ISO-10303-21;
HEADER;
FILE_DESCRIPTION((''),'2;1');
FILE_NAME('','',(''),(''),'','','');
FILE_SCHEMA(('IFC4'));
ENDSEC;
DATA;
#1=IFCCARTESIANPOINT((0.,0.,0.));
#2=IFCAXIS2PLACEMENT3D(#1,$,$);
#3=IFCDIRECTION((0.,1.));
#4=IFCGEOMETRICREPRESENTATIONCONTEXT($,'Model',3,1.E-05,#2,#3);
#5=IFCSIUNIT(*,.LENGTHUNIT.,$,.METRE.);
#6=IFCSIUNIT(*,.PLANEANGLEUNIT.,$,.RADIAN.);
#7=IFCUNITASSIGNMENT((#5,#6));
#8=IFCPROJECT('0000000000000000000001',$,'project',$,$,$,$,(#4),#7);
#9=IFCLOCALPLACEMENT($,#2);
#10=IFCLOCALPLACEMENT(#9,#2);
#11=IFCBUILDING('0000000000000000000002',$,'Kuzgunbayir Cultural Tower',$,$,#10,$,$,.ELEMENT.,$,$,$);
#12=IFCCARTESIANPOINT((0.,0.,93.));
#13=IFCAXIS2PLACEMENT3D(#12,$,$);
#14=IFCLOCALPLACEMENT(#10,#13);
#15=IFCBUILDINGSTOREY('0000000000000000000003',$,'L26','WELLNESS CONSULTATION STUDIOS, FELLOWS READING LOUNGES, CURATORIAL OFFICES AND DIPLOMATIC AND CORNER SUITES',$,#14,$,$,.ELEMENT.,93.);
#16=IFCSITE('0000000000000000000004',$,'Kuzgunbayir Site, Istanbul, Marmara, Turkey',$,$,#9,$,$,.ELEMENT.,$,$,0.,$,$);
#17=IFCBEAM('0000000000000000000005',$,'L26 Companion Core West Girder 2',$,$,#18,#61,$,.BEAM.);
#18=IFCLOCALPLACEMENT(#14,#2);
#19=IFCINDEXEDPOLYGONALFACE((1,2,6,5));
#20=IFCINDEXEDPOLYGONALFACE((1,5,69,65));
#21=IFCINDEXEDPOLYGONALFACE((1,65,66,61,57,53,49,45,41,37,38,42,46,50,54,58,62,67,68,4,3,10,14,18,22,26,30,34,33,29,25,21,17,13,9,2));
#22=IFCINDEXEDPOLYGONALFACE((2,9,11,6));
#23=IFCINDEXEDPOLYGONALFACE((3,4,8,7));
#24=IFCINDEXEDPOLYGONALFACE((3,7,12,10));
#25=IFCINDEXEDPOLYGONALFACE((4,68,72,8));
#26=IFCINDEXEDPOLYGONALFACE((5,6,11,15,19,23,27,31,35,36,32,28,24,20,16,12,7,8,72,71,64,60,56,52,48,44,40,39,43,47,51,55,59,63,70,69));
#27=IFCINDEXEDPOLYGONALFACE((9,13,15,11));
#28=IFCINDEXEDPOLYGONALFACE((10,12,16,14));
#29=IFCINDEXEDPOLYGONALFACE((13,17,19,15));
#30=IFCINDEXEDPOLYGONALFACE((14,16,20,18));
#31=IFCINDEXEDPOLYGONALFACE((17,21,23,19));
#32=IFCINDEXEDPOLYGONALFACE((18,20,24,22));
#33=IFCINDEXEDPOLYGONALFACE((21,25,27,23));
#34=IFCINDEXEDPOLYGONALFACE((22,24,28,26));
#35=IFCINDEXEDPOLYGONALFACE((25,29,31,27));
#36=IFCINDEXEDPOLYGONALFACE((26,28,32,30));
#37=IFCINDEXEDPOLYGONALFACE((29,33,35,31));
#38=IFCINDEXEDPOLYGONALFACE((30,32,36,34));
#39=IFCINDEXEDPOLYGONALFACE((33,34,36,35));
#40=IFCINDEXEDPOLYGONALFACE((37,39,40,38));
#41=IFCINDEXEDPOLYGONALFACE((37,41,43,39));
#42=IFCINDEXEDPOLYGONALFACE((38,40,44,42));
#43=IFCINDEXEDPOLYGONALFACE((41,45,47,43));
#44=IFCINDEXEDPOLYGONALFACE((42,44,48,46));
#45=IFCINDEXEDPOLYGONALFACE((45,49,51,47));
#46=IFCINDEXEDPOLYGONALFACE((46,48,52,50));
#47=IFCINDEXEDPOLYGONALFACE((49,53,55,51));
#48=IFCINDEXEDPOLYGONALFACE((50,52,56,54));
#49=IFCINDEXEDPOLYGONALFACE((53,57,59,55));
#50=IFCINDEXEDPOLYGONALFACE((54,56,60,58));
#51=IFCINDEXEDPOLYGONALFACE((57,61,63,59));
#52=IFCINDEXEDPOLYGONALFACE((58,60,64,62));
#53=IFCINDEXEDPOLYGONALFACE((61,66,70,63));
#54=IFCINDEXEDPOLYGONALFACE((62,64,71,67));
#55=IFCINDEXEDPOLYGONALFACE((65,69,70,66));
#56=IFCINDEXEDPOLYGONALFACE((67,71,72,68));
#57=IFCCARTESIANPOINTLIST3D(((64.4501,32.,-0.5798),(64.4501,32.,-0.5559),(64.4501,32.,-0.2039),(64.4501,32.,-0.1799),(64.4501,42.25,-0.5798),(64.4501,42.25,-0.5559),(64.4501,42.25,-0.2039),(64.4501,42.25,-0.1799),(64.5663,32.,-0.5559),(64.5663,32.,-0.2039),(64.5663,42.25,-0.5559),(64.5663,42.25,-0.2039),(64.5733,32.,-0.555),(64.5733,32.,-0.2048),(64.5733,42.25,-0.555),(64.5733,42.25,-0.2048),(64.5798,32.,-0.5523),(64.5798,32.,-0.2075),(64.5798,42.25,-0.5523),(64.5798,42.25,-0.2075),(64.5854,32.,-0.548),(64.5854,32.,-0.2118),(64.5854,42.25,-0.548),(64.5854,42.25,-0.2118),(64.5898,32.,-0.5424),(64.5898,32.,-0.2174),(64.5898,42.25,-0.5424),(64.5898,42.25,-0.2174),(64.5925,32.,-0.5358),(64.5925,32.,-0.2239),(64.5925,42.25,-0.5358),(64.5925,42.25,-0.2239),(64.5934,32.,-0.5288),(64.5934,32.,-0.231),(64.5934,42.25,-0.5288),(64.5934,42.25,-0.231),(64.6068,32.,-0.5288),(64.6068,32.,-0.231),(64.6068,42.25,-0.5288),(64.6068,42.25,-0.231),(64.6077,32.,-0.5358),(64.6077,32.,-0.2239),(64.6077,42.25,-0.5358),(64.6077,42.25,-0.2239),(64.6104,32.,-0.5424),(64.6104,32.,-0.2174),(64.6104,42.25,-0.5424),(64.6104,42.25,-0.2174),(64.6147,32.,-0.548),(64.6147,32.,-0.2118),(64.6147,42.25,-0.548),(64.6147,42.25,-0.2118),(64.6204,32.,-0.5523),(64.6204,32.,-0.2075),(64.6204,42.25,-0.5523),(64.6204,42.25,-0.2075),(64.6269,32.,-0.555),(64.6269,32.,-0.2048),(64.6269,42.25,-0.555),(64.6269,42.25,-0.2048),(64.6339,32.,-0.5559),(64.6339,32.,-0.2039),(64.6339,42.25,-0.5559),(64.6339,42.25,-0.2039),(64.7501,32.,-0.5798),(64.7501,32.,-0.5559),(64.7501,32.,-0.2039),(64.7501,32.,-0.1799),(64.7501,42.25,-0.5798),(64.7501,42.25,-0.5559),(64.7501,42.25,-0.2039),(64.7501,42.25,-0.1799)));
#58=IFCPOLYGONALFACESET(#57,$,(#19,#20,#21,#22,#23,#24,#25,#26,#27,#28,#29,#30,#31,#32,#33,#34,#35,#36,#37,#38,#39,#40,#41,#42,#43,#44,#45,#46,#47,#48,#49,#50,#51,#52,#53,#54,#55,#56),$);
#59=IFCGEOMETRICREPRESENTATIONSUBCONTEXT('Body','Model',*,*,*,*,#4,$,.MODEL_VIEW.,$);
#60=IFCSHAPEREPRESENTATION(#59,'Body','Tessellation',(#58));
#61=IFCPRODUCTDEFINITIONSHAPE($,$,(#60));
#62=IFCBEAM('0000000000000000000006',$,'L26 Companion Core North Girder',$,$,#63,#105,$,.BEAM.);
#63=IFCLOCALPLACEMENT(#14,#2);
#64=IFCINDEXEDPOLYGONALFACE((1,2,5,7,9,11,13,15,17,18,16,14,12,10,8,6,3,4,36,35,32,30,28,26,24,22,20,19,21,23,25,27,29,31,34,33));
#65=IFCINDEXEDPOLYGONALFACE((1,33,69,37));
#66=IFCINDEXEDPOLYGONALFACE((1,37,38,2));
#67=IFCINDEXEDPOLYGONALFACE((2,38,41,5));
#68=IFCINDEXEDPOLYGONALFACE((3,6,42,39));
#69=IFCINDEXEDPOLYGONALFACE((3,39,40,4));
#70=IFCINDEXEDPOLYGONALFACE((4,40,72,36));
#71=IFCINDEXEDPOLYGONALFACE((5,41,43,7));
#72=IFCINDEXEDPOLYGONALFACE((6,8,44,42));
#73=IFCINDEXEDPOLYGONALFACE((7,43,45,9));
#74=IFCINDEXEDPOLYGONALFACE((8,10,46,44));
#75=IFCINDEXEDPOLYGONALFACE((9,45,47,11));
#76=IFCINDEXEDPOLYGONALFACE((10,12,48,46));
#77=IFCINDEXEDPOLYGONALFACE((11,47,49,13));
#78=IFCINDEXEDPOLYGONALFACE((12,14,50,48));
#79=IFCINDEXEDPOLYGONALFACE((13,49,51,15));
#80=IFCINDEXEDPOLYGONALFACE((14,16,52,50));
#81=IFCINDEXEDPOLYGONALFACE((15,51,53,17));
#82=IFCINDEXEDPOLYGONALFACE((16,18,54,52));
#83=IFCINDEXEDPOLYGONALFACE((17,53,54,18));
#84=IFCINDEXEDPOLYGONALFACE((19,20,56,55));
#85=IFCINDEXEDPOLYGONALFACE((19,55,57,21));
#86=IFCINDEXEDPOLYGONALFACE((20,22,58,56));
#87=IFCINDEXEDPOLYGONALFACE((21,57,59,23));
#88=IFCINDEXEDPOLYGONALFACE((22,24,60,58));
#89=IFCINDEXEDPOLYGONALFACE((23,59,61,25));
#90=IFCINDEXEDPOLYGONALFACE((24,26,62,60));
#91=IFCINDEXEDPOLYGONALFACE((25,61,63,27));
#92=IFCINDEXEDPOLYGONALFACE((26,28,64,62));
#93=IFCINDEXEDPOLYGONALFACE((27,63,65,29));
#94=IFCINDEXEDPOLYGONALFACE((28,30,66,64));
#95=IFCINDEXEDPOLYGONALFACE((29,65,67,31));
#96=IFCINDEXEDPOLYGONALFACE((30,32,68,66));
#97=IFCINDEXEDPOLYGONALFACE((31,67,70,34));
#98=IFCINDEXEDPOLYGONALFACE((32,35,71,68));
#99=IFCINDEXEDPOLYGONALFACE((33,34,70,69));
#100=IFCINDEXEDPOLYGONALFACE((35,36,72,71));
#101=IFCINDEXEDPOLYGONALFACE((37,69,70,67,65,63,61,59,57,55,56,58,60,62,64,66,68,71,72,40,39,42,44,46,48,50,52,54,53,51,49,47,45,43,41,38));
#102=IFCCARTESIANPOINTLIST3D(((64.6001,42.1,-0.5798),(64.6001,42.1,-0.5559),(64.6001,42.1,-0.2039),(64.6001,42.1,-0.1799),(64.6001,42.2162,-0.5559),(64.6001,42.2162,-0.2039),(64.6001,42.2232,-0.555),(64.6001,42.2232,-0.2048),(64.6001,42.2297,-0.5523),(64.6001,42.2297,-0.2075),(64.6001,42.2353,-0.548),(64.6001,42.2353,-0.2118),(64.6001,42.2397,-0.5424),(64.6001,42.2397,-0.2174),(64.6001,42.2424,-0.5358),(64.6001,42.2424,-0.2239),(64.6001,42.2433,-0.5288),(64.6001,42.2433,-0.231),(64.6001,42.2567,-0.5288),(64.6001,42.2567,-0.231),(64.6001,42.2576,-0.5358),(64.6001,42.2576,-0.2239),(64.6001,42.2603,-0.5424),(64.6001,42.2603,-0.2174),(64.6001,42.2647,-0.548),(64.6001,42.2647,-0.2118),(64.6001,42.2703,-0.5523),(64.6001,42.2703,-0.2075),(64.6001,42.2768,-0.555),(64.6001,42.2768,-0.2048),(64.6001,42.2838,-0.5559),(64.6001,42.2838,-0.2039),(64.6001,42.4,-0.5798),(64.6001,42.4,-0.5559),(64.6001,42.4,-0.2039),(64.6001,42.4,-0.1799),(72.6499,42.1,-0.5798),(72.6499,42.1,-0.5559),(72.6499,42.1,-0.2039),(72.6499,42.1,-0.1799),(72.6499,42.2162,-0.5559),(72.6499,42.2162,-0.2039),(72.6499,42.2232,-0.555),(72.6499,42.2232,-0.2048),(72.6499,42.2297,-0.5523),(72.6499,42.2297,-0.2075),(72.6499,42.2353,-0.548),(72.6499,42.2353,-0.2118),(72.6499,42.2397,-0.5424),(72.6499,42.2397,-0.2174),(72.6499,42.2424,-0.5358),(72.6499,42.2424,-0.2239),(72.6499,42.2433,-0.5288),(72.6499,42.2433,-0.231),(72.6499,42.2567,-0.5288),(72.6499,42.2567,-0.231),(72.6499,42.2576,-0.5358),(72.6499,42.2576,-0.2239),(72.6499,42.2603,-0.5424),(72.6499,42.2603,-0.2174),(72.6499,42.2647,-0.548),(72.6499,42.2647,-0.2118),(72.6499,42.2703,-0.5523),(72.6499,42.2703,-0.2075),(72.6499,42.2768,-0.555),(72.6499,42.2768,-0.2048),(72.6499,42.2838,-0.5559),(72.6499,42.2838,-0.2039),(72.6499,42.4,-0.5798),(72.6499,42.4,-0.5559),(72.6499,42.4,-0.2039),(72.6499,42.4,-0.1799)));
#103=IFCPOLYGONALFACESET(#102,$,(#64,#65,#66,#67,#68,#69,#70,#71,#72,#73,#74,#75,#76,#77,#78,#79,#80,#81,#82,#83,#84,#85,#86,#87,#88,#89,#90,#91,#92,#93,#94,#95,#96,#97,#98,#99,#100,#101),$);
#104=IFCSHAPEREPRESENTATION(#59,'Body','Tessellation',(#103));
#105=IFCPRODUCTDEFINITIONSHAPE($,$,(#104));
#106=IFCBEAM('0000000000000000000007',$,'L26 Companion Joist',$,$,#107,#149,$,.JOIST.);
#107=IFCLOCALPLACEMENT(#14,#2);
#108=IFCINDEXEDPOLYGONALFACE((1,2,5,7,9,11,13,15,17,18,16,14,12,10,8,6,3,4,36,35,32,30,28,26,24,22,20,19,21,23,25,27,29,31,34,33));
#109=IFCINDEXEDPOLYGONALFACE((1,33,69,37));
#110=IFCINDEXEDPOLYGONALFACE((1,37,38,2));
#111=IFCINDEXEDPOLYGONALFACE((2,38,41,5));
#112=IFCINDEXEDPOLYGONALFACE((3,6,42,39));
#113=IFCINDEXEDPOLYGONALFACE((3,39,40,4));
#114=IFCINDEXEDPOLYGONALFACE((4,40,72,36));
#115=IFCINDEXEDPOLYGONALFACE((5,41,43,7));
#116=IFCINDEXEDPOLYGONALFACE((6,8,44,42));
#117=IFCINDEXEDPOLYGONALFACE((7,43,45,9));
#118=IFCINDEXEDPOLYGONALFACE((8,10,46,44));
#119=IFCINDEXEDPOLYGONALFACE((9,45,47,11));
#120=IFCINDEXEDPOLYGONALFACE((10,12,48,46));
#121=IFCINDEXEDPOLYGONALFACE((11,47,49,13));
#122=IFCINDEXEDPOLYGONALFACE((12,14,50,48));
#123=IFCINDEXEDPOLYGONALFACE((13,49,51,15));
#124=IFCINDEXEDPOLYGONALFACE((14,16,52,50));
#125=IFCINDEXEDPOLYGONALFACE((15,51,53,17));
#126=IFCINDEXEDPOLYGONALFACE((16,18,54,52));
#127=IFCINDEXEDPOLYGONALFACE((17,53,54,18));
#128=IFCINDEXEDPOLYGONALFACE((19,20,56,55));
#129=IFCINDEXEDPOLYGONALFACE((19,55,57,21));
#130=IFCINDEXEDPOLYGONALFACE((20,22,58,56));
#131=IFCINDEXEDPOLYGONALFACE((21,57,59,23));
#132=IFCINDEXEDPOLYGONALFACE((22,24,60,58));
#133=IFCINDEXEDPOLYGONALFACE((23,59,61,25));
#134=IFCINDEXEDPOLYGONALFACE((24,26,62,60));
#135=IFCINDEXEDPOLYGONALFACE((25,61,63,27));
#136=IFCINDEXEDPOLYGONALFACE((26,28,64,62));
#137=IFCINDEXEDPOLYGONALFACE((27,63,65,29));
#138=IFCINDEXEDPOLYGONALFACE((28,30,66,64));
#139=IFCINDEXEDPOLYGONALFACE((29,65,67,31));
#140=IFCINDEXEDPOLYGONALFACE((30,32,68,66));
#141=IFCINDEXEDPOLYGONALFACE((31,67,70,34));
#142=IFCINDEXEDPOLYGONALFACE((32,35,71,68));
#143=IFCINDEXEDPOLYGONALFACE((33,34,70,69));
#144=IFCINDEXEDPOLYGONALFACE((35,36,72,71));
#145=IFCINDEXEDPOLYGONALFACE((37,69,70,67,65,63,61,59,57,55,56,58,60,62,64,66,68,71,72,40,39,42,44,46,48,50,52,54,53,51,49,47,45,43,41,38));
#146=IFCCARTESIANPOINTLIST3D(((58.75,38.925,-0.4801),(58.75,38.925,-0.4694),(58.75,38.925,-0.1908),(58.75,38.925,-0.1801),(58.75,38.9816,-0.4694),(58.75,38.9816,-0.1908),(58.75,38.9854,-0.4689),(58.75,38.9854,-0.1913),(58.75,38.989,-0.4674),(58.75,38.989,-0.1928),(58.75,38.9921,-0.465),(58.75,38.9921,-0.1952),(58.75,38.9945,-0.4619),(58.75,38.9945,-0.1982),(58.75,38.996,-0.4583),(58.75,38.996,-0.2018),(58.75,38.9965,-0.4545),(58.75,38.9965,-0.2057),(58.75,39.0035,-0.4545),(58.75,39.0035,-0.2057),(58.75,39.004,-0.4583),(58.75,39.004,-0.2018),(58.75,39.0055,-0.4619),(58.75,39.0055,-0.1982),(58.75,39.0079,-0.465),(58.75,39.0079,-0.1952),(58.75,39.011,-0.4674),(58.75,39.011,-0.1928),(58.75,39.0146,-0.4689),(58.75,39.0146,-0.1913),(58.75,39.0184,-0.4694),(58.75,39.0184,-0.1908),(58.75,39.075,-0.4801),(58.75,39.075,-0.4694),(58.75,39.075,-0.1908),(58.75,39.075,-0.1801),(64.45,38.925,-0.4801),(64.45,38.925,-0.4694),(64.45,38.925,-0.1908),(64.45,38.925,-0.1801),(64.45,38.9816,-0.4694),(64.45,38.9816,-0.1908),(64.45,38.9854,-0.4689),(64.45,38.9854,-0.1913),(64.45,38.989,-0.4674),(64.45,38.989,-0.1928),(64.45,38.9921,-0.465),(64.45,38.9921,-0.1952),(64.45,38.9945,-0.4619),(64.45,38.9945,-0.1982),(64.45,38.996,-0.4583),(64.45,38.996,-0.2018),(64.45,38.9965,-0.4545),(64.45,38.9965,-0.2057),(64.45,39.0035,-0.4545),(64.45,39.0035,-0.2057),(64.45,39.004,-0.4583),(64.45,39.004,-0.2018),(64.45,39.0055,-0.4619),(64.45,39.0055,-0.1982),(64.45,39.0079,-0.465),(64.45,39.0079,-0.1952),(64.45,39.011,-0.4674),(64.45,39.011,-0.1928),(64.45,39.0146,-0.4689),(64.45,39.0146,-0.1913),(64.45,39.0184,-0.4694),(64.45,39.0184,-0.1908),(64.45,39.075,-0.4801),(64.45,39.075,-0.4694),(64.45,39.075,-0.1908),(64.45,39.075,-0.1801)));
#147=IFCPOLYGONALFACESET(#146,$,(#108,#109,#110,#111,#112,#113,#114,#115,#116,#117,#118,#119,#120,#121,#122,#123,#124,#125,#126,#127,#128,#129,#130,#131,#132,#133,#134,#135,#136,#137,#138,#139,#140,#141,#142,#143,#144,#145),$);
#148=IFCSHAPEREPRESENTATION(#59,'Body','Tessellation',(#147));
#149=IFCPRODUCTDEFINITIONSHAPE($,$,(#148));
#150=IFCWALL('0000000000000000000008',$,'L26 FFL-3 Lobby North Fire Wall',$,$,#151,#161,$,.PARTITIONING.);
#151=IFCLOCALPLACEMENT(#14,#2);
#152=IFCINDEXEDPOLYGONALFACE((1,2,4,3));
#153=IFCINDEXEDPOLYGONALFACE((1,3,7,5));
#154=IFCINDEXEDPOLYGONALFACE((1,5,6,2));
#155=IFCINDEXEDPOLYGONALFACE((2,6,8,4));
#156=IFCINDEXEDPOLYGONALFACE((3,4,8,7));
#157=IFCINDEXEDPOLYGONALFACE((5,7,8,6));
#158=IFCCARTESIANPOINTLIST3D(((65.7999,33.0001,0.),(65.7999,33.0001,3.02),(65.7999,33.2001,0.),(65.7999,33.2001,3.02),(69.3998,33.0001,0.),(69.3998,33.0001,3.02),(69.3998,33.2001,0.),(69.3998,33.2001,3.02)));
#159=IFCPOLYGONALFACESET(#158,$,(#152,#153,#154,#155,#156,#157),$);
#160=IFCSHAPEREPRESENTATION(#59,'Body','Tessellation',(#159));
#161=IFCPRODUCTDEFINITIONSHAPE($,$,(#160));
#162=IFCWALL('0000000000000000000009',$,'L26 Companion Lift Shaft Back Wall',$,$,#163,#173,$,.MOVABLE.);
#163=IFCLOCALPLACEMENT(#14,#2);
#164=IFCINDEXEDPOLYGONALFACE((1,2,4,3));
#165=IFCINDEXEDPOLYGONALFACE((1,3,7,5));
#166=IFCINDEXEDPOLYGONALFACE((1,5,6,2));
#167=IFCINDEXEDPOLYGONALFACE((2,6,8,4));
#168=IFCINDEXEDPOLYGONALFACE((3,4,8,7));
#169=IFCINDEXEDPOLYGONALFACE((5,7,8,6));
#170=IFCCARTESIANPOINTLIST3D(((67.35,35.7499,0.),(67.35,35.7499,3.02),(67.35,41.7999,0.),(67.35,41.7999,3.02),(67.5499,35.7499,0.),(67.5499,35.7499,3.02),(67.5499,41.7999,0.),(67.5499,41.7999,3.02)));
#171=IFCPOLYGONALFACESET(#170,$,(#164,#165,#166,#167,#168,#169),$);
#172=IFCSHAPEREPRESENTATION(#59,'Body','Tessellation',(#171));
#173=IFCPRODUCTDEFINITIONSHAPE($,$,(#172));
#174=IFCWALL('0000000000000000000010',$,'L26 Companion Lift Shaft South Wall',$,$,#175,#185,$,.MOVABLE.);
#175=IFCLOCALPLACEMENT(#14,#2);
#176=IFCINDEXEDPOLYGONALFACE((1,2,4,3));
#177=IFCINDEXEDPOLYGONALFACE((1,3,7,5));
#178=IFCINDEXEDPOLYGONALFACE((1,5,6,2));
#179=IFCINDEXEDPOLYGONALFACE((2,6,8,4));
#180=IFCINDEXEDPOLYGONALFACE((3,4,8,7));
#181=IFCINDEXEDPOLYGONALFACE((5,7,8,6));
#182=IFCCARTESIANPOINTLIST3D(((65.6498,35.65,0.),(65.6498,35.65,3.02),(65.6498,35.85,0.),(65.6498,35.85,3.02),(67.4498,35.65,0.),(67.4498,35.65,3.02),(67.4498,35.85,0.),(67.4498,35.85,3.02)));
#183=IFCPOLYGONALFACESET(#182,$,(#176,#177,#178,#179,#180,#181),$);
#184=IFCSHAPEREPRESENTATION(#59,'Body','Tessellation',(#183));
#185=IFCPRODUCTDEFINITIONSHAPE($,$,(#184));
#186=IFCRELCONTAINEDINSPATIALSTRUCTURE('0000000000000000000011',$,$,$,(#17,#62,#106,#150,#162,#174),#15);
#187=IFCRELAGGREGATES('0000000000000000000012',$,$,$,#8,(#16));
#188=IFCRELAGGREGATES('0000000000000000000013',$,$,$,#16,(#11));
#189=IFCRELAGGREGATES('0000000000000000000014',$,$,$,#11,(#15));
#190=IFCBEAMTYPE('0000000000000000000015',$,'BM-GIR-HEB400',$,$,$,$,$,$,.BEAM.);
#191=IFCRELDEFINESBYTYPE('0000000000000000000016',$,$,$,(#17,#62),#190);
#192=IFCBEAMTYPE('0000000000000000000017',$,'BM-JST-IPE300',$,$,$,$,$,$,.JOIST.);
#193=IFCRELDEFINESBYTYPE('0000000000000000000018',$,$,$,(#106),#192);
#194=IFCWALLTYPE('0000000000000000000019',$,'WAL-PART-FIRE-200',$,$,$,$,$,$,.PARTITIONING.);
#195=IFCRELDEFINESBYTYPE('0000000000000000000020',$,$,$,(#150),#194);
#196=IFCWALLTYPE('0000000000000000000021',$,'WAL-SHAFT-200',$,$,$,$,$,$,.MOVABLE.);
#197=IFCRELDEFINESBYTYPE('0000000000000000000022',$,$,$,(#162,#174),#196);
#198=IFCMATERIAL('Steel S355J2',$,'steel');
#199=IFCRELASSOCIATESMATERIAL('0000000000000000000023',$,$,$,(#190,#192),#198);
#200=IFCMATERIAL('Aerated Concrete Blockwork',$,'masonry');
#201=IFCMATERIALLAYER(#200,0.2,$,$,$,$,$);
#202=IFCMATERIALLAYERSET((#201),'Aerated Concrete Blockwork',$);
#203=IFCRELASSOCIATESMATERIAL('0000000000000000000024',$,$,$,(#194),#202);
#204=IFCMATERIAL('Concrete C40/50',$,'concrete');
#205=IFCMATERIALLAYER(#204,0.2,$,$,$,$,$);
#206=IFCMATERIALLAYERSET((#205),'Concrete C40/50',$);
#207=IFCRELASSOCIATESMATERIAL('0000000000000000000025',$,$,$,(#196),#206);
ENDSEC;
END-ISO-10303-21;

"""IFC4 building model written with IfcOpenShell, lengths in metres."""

from ifc_helpers import new_model, si_unit, direction, frame, frame_2d, origin, origin_2d, place, context, subcontext, project, spatial, rectangle, i_section, extrude, material, layer, layer_set, material_profile, profile_set, type_object, element, save


model = new_model("IFC4")

# Units and contexts
model_context = context("Model", 3, precision=1e-05, world=origin(), true_north=direction((0.0, 1.0)))
body_context = subcontext(model_context, "Body", "Model", "MODEL_VIEW")
ifc_project = project(units=[si_unit("LENGTHUNIT", "METRE"), si_unit("PLANEANGLEUNIT", "RADIAN")], contexts=[model_context])

# Site, building, storey
site_placement = place(None, origin())
site = spatial("IfcSite", under=ifc_project, at=site_placement, Name="Kuzgunbayir Site, Istanbul, Marmara, Turkey", CompositionType="ELEMENT", RefElevation=0.0)
building_placement = place(site_placement, origin())
building = spatial("IfcBuilding", under=site, at=building_placement, Name="Kuzgunbayir Cultural Tower", CompositionType="ELEMENT")
storey_placement = place(building_placement, frame((0.0, 0.0, 93.0)))
storey = spatial("IfcBuildingStorey", under=building, at=storey_placement, Name="L26", Description="WELLNESS CONSULTATION STUDIOS, FELLOWS READING LOUNGES, CURATORIAL OFFICES AND DIPLOMATIC AND CORNER SUITES", CompositionType="ELEMENT", Elevation=93.0)

# Beams
ifc_material_1 = material(Name="Steel S355J2", Category="steel")
ifc_material_profile_1 = material_profile(ifc_material_1, i_section(OverallWidth=0.3, OverallDepth=0.3999, WebThickness=0.0134, FlangeThickness=0.0239, FilletRadius=0.0271, at=origin_2d()), Name="HEB 400")
ifc_profile_set_1 = profile_set([ifc_material_profile_1], Name="Steel S355J2")
beam_type_1 = type_object("IfcBeamType", Name="BM-GIR-HEB400", PredefinedType="BEAM", material=ifc_profile_set_1)
beam_1_placement = place(storey_placement, frame((64.6001, 32.0, -0.3799), z_axis=(0.0, 1.0, 0.0), x_axis=(-1.0, 0.0, 0.0)))
element("IfcBeam", 1, at=beam_1_placement, inside=storey, type_object=beam_type_1, Name="L26 Companion Core West Girder 2", PredefinedType="BEAM", context=body_context, shape_type="SweptSolid", body=[
    extrude(i_section(OverallWidth=0.3, OverallDepth=0.3999, WebThickness=0.0134, FlangeThickness=0.0239, FilletRadius=0.0271, at=origin_2d()), origin(), (0.0, 0.0, 1.0), 10.25),
])
beam_2_placement = place(storey_placement, frame((64.6001, 42.25, -0.3799), z_axis=(1.0, 0.0, 0.0), x_axis=(0.0, 1.0, 0.0)))
element("IfcBeam", 2, at=beam_2_placement, inside=storey, type_object=beam_type_1, Name="L26 Companion Core North Girder", PredefinedType="BEAM", context=body_context, shape_type="SweptSolid", body=[
    extrude(i_section(OverallWidth=0.3, OverallDepth=0.3999, WebThickness=0.0134, FlangeThickness=0.0239, FilletRadius=0.0271, at=origin_2d()), origin(), (0.0, 0.0, 1.0), 8.0498),
])
ifc_material_profile_2 = material_profile(ifc_material_1, i_section(OverallWidth=0.1499, OverallDepth=0.3, WebThickness=0.0071, FlangeThickness=0.0107, FilletRadius=0.0149, at=origin_2d()), Name="IPE 300")
ifc_profile_set_2 = profile_set([ifc_material_profile_2], Name="Steel S355J2")
beam_type_2 = type_object("IfcBeamType", Name="BM-JST-IPE300", PredefinedType="JOIST", material=ifc_profile_set_2)
beam_3_placement = place(storey_placement, frame((58.75, 39.0, -0.3301), z_axis=(1.0, 0.0, 0.0), x_axis=(0.0, 1.0, 0.0)))
element("IfcBeam", 3, at=beam_3_placement, inside=storey, type_object=beam_type_2, Name="L26 Companion Joist", PredefinedType="JOIST", context=body_context, shape_type="SweptSolid", body=[
    extrude(i_section(OverallWidth=0.1499, OverallDepth=0.3, WebThickness=0.0071, FlangeThickness=0.0107, FilletRadius=0.0149, at=origin_2d()), origin(), (0.0, 0.0, 1.0), 5.7),
])

# Wall
ifc_material_2 = material(Name="Aerated Concrete Blockwork", Category="masonry")
ifc_layer_1 = layer(ifc_material_2, 0.2)
ifc_layer_set_1 = layer_set([ifc_layer_1], Name="Aerated Concrete Blockwork")
wall_type_1 = type_object("IfcWallType", Name="WAL-PART-FIRE-200", PredefinedType="PARTITIONING", material=ifc_layer_set_1)
wall_1_placement = place(storey_placement, frame((65.8, 33.1001, 0.0), z_axis=(0.0, 0.0, 1.0), x_axis=(1.0, 0.0, 0.0)))
element("IfcWall", 4, at=wall_1_placement, inside=storey, type_object=wall_type_1, Name="L26 FFL-3 Lobby North Fire Wall", PredefinedType="PARTITIONING", context=body_context, shape_type="SweptSolid", body=[
    extrude(rectangle(XDim=3.5999, YDim=0.2, at=frame_2d((1.7998, 0.0))), origin(), (0.0, 0.0, 1.0), 3.02),
])

# Shared definitions
ifc_material_3 = material(Name="Concrete C40/50", Category="concrete")
ifc_layer_2 = layer(ifc_material_3, 0.2)
ifc_layer_set_2 = layer_set([ifc_layer_2], Name="Concrete C40/50")
wall_type_2 = type_object("IfcWallType", Name="WAL-SHAFT-200", PredefinedType="MOVABLE", material=ifc_layer_set_2)

# Walls
wall_2_placement = place(storey_placement, frame((67.45, 35.75, 0.0), z_axis=(0.0, 0.0, 1.0), x_axis=(0.0, 1.0, 0.0)))
element("IfcWall", 5, at=wall_2_placement, inside=storey, type_object=wall_type_2, Name="L26 Companion Lift Shaft Back Wall", PredefinedType="MOVABLE", context=body_context, shape_type="SweptSolid", body=[
    extrude(rectangle(XDim=6.05, YDim=0.2, at=frame_2d((3.0249, 0.0))), origin(), (0.0, 0.0, 1.0), 3.02),
])
wall_3_placement = place(storey_placement, frame((65.6499, 35.75, 0.0), z_axis=(0.0, 0.0, 1.0), x_axis=(1.0, 0.0, 0.0)))
element("IfcWall", 6, at=wall_3_placement, inside=storey, type_object=wall_type_2, Name="L26 Companion Lift Shaft South Wall", PredefinedType="MOVABLE", context=body_context, shape_type="SweptSolid", body=[
    extrude(rectangle(XDim=1.8, YDim=0.2, at=frame_2d((0.8999, 0.0))), origin(), (0.0, 0.0, 1.0), 3.02),
])

save(model, "model.ifc")
